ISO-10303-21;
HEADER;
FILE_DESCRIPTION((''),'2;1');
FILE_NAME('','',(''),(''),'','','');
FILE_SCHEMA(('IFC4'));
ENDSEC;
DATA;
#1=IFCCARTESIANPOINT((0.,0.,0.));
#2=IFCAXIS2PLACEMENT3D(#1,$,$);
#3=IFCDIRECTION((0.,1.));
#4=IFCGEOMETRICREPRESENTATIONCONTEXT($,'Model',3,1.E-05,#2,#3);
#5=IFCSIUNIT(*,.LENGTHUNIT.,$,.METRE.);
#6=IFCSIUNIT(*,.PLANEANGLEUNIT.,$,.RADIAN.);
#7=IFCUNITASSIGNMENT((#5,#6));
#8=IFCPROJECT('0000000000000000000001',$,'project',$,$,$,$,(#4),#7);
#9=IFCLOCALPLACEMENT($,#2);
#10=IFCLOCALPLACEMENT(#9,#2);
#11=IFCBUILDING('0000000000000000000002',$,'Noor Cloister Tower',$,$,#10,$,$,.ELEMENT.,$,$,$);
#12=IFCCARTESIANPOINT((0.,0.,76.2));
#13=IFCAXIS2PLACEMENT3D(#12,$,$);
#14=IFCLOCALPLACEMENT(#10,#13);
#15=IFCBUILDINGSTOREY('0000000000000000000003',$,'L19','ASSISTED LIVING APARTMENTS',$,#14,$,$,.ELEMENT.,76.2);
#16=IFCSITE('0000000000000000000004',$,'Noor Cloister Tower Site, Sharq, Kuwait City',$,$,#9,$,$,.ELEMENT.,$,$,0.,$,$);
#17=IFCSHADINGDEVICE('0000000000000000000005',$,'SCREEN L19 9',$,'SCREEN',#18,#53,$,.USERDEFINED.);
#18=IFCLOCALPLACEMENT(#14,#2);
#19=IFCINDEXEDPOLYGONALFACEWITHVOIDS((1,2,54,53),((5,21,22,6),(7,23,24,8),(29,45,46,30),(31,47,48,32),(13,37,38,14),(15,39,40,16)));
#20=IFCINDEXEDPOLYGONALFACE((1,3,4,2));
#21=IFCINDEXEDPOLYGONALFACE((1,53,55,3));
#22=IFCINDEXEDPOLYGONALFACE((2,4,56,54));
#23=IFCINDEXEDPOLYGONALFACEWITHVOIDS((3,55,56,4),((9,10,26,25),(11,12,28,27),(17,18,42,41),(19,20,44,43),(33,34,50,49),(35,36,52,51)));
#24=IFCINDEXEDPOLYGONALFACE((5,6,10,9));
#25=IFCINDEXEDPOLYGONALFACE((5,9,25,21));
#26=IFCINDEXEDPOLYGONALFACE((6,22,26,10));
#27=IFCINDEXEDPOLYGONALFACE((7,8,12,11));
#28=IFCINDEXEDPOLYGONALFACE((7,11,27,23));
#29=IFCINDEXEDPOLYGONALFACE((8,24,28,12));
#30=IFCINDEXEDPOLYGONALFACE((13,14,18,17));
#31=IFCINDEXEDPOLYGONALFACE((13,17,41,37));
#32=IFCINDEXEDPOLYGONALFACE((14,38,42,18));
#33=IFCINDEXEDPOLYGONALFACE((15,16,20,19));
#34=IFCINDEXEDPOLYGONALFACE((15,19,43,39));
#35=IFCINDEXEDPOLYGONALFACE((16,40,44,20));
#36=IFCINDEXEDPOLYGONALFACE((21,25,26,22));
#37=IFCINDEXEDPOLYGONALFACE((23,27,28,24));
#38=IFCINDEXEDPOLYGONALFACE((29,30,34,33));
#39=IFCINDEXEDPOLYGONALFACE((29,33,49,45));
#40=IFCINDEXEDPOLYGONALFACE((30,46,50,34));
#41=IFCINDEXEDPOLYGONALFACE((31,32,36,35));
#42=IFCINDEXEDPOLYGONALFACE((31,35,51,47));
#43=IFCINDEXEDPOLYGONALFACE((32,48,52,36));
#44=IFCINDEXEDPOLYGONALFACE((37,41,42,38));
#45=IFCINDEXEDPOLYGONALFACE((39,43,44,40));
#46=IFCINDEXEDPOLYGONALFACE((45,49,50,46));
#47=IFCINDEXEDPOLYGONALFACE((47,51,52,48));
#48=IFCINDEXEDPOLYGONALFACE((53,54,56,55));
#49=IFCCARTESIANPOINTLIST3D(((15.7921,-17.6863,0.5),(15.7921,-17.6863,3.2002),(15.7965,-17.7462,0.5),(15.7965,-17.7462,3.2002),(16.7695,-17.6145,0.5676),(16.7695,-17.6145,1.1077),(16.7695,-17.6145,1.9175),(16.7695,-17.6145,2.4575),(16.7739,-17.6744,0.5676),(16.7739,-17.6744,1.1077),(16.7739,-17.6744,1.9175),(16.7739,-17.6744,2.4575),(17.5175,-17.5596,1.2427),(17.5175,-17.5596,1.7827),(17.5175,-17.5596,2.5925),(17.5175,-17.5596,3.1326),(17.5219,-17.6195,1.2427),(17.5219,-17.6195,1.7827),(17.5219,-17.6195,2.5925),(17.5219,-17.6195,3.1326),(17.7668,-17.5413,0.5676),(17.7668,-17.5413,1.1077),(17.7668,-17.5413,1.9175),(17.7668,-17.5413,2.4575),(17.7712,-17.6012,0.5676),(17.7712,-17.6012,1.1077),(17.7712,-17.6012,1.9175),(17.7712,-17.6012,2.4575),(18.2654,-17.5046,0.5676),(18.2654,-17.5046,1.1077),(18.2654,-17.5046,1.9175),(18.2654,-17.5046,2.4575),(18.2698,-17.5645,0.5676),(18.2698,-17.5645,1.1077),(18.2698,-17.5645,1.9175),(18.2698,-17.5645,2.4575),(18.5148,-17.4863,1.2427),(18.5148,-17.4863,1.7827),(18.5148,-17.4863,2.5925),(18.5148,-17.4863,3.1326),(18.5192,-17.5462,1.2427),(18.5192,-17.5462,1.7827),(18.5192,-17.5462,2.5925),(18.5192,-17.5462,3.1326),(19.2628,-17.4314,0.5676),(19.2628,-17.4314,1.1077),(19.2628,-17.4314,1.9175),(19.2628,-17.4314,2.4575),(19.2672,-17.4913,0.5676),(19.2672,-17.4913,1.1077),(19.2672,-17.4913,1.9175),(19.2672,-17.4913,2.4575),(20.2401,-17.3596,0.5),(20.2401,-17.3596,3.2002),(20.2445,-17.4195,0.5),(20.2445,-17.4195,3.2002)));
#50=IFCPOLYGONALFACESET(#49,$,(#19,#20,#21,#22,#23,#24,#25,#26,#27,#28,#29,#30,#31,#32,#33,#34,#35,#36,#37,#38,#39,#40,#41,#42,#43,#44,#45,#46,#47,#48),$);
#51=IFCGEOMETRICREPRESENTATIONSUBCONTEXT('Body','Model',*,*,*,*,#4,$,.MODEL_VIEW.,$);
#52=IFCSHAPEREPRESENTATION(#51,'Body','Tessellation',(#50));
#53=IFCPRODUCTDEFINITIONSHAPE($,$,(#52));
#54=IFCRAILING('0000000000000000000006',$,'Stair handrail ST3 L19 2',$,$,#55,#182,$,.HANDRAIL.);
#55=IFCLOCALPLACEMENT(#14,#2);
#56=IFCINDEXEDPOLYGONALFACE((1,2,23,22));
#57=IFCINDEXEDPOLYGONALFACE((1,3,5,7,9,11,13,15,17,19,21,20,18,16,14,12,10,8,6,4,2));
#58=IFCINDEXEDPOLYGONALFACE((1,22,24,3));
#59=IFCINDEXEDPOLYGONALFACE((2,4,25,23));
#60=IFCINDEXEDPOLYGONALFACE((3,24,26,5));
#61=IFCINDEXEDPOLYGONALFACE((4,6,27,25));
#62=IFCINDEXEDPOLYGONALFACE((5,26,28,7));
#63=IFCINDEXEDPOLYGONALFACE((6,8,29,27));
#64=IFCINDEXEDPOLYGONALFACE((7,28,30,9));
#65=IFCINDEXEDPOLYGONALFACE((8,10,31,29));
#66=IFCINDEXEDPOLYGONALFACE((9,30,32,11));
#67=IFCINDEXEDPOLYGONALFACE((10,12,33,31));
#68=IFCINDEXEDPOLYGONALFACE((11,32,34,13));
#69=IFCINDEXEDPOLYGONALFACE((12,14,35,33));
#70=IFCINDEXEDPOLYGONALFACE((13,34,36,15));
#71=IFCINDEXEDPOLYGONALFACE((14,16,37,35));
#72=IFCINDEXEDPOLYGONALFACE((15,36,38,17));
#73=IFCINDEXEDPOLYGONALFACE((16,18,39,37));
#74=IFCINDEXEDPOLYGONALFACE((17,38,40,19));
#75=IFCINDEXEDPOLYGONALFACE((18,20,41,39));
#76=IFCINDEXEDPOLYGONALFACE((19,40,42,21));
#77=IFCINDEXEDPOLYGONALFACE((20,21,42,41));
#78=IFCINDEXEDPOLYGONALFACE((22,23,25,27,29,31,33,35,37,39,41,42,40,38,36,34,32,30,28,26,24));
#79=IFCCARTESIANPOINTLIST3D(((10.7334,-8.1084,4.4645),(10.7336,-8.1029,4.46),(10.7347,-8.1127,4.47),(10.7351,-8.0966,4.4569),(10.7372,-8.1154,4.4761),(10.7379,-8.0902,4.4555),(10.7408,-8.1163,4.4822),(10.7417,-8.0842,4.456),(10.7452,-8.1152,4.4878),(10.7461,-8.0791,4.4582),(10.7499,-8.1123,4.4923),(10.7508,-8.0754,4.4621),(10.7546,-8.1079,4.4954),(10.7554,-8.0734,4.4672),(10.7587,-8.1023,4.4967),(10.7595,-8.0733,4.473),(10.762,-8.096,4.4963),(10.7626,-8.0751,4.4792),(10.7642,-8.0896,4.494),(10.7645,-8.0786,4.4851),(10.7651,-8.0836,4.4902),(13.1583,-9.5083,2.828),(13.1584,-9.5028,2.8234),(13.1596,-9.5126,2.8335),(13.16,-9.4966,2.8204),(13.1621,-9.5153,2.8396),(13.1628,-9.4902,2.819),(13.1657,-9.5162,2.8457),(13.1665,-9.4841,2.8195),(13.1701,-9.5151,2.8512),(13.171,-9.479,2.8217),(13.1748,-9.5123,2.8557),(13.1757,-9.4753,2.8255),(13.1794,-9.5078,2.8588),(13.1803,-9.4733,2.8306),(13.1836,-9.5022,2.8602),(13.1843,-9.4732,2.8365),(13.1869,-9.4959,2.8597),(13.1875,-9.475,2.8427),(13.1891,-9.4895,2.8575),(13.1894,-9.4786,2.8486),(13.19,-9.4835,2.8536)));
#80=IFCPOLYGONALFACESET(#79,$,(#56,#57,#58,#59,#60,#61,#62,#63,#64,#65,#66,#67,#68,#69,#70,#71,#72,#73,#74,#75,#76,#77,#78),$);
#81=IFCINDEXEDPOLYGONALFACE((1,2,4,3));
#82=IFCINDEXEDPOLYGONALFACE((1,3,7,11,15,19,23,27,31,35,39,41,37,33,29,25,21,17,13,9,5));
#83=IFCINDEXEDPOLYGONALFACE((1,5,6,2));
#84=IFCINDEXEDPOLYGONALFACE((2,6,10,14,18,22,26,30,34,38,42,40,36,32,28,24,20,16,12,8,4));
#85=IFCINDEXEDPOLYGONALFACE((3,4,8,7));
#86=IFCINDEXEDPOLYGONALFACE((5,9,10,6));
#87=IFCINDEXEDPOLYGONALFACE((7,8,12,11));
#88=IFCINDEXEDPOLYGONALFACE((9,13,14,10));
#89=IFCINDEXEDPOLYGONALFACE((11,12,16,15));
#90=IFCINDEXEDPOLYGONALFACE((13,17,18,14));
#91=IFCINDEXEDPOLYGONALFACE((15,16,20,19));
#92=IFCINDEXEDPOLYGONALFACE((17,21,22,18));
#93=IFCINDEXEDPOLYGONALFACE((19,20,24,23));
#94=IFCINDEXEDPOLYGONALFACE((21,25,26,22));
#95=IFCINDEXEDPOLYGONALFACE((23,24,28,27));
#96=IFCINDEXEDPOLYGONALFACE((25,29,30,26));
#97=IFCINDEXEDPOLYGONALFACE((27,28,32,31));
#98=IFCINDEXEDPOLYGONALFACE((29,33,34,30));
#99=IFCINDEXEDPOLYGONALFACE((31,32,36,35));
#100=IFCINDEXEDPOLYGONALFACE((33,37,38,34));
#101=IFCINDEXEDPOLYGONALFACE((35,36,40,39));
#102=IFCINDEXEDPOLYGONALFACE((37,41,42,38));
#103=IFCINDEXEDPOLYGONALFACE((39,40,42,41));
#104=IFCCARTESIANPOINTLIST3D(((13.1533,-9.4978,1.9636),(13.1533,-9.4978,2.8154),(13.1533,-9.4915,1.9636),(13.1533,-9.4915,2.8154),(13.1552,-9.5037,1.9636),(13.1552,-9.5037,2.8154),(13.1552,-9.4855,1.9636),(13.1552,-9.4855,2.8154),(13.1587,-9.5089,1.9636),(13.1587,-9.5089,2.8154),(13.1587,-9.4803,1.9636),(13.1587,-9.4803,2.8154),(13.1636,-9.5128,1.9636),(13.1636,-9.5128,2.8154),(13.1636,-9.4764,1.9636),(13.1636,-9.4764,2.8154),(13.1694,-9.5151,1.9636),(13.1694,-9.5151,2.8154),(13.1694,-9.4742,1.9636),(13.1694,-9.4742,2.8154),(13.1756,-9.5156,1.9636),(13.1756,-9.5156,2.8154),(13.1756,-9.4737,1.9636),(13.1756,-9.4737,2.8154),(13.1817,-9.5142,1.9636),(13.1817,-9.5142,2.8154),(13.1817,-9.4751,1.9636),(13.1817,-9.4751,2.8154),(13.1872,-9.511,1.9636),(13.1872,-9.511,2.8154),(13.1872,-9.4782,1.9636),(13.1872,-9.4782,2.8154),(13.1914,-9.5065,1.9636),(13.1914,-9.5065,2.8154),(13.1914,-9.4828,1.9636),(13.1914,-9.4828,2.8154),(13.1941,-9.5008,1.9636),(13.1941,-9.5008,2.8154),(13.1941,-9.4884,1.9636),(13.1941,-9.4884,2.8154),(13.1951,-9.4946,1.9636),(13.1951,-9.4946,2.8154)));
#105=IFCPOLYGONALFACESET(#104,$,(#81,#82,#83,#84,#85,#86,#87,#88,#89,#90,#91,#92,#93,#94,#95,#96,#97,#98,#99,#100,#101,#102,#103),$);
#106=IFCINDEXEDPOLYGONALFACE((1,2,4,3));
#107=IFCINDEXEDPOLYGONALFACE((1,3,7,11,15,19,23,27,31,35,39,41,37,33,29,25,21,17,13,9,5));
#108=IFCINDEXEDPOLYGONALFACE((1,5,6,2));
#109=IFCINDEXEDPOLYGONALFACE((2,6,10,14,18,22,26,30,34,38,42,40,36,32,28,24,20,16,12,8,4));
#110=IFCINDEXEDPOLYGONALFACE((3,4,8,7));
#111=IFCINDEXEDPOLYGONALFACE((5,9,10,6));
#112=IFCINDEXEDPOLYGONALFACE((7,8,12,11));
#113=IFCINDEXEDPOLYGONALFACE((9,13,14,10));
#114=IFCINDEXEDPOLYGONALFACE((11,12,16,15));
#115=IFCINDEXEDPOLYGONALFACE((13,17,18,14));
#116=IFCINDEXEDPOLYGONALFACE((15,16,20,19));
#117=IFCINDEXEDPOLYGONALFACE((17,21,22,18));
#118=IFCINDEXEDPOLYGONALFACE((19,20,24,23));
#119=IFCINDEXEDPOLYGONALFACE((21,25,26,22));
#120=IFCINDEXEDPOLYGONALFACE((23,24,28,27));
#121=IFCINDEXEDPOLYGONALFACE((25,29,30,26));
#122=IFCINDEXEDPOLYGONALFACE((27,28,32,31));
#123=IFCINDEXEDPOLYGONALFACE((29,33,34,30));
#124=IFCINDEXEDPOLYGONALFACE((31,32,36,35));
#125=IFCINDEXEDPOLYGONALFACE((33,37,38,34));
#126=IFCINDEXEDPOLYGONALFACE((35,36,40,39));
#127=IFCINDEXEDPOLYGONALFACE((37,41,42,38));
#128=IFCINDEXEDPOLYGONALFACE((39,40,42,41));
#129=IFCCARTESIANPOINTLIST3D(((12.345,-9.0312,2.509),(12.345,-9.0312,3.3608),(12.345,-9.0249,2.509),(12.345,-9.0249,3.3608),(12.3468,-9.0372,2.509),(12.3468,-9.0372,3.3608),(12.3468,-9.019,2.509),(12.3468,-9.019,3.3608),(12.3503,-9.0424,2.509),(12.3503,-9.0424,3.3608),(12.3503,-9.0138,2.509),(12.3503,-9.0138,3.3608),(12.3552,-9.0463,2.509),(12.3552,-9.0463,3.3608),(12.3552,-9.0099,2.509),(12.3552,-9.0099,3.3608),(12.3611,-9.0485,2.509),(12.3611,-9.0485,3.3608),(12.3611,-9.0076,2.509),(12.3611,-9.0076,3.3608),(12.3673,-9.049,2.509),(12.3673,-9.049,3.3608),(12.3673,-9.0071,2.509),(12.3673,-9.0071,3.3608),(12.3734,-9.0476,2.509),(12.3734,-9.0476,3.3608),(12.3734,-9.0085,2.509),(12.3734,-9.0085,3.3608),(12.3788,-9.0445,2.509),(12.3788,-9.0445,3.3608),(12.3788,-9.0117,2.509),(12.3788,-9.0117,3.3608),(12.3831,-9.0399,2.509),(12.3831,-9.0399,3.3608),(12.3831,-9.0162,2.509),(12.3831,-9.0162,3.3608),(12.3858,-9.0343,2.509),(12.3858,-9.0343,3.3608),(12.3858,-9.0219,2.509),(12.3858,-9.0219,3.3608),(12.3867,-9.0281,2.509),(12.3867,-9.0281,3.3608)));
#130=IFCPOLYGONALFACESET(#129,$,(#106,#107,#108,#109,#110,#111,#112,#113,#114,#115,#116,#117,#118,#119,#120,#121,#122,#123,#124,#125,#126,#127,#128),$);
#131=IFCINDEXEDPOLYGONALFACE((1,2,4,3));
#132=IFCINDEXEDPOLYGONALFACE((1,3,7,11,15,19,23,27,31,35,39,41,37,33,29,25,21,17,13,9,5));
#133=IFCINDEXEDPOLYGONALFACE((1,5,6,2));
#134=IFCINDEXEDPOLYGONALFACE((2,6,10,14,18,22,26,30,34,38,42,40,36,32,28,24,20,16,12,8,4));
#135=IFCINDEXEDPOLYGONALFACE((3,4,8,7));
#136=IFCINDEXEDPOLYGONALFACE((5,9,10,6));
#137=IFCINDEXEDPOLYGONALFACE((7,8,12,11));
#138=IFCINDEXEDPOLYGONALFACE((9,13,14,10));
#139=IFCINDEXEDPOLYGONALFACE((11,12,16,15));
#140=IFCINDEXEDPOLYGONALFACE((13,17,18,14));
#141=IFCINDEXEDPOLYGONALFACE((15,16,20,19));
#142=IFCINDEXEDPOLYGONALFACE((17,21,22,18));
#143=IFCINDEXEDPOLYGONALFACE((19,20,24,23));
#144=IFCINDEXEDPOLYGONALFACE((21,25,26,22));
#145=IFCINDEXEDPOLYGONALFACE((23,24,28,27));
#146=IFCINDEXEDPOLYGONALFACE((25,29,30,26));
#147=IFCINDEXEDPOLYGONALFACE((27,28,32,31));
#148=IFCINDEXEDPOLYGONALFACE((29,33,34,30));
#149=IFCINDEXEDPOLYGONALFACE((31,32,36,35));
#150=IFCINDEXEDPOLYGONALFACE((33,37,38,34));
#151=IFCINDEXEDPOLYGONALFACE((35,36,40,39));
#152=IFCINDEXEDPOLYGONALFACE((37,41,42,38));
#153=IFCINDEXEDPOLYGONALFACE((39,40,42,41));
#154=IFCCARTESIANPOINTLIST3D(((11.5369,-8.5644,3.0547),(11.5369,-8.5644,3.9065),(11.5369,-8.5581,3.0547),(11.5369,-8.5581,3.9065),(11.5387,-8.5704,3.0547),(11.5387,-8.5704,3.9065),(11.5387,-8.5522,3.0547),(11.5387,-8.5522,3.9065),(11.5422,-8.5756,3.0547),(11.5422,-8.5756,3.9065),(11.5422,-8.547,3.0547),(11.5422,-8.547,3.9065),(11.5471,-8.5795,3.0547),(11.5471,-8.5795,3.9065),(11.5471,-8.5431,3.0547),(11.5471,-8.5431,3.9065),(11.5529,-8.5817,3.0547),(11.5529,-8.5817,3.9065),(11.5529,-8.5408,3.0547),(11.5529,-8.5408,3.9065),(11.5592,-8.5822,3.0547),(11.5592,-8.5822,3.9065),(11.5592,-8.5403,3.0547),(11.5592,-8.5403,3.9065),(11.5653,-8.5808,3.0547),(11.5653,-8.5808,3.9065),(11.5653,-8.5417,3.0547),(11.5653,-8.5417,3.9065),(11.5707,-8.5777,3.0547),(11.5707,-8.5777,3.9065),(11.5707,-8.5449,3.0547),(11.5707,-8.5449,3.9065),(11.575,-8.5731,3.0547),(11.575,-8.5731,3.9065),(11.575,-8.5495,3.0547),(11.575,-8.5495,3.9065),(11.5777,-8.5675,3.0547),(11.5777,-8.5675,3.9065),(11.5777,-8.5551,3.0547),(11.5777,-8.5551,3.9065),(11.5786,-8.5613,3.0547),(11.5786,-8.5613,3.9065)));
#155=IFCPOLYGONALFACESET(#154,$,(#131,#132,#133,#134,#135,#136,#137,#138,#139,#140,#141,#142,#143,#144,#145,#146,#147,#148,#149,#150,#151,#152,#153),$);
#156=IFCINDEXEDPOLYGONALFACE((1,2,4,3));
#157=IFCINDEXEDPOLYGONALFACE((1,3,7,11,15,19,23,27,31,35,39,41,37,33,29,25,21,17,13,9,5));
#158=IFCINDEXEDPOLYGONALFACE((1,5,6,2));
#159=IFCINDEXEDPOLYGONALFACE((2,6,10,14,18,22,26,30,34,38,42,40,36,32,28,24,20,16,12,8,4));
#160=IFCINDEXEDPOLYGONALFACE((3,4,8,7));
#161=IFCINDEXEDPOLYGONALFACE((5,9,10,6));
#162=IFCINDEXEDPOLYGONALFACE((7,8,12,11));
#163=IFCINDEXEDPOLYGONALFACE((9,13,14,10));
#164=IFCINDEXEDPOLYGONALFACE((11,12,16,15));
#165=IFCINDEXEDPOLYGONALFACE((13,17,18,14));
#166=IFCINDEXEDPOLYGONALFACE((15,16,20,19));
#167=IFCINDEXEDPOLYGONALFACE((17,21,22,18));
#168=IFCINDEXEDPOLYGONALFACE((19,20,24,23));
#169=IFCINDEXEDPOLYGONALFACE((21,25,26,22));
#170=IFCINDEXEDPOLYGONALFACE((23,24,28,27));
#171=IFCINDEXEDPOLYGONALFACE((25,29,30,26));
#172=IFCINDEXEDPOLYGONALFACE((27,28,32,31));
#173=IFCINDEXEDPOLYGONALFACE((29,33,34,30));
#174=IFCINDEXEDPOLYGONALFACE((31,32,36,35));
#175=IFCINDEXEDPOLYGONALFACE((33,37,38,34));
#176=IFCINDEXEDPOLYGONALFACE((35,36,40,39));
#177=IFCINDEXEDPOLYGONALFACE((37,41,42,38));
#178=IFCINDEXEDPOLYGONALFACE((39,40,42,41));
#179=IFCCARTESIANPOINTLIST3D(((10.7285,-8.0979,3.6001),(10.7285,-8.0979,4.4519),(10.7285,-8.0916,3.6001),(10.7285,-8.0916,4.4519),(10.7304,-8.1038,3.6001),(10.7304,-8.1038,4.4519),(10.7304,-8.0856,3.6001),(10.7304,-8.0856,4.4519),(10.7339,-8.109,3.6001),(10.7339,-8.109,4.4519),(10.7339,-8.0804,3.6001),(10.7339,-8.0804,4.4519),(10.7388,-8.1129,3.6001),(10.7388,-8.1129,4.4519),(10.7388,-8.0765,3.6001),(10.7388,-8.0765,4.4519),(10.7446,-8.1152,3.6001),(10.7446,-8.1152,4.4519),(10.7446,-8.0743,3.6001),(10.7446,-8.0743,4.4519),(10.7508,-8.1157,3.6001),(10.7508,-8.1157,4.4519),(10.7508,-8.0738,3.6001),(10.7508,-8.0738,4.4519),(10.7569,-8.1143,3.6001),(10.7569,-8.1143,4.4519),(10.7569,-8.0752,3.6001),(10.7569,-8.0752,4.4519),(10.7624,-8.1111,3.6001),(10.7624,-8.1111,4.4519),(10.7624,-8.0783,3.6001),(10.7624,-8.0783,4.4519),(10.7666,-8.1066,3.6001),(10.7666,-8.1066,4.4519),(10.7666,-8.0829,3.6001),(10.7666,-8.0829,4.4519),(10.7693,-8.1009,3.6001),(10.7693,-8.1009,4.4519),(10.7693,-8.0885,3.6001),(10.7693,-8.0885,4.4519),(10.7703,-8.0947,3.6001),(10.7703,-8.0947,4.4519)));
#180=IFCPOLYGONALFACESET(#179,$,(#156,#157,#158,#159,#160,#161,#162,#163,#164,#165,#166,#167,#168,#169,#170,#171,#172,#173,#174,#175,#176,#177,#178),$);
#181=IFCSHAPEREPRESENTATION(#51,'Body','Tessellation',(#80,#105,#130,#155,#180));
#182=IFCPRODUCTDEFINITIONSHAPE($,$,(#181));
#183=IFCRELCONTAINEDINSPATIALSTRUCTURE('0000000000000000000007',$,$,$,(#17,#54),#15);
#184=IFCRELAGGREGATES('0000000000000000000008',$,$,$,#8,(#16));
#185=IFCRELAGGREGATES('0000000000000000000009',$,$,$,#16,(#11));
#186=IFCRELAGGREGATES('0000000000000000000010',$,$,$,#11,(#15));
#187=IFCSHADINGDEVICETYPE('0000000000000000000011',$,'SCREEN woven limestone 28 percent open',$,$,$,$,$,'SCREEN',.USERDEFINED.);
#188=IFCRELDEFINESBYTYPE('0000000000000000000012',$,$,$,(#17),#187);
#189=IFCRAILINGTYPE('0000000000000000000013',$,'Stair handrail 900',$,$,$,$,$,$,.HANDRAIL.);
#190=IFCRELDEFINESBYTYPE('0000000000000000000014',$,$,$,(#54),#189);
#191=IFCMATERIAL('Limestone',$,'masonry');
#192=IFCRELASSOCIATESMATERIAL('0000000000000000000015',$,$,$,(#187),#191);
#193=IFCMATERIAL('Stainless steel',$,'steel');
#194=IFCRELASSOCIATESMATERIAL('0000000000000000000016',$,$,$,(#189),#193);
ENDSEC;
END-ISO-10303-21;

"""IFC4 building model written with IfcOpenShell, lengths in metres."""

from ifc_helpers import new_model, si_unit, direction, frame, origin, origin_2d, place, context, subcontext, project, spatial, polyline, circle, outline, extrude, material, material_profile, profile_set, type_object, element, save


model = new_model("IFC4")

# Units and contexts
model_context = context("Model", 3, precision=1e-05, world=origin(), true_north=direction((0.0, 1.0)))
body_context = subcontext(model_context, "Body", "Model", "MODEL_VIEW")
ifc_project = project(units=[si_unit("LENGTHUNIT", "METRE"), si_unit("PLANEANGLEUNIT", "RADIAN")], contexts=[model_context])

# Site, building, storey
site_placement = place(None, origin())
site = spatial("IfcSite", under=ifc_project, at=site_placement, Name="Noor Cloister Tower Site, Sharq, Kuwait City", CompositionType="ELEMENT", RefElevation=0.0)
building_placement = place(site_placement, origin())
building = spatial("IfcBuilding", under=site, at=building_placement, Name="Noor Cloister Tower", CompositionType="ELEMENT")
storey_placement = place(building_placement, frame((0.0, 0.0, 76.2)))
storey = spatial("IfcBuildingStorey", under=building, at=storey_placement, Name="L19", Description="ASSISTED LIVING APARTMENTS", CompositionType="ELEMENT", Elevation=76.2)

# Shading device
ifc_material_1 = material(Name="Limestone", Category="masonry")
ifc_material_profile_1 = material_profile(ifc_material_1, outline(polyline([(-2.23, -1.3501), (2.23, -1.3501), (2.23, 1.3501), (-2.23, 1.3501), (-2.23, -1.3501)]), holes=[polyline([(-1.25, -1.2825), (-0.25, -1.2825), (-0.25, -0.7424), (-1.25, -0.7424), (-1.25, -1.2825)]), polyline([(0.25, -1.2825), (1.25, -1.2825), (1.25, -0.7424), (0.25, -0.7424), (0.25, -1.2825)]), polyline([(-0.5, -0.6074), (0.5, -0.6074), (0.5, -0.0674), (-0.5, -0.0674), (-0.5, -0.6074)]), polyline([(-1.25, 0.0674), (-0.25, 0.0674), (-0.25, 0.6074), (-1.25, 0.6074), (-1.25, 0.0674)]), polyline([(0.25, 0.0674), (1.25, 0.0674), (1.25, 0.6074), (0.25, 0.6074), (0.25, 0.0674)]), polyline([(-0.5, 0.7424), (0.5, 0.7424), (0.5, 1.2825), (-0.5, 1.2825), (-0.5, 0.7424)])]), Name="Woven screen 28 percent open")
ifc_profile_set_1 = profile_set([ifc_material_profile_1], Name="Limestone")
shading_device_type = type_object("IfcShadingDeviceType", Name="SCREEN woven limestone 28 percent open", ElementType="SCREEN", PredefinedType="USERDEFINED", material=ifc_profile_set_1)
shading_device_1_placement = place(storey_placement, frame((18.0161, -17.5229, 1.8501), z_axis=(0.073272, -0.997312, 0.0), x_axis=(0.997312, 0.073272, 0.0)))
element("IfcShadingDevice", 1, at=shading_device_1_placement, inside=storey, type_object=shading_device_type, Name="SCREEN L19 9", ObjectType="SCREEN", PredefinedType="USERDEFINED", context=body_context, shape_type="SweptSolid", body=[
    extrude(outline(polyline([(-2.23, -1.3501), (2.23, -1.3501), (2.23, 1.3501), (-2.23, 1.3501), (-2.23, -1.3501)]), holes=[polyline([(-1.25, -1.2825), (-0.25, -1.2825), (-0.25, -0.7424), (-1.25, -0.7424), (-1.25, -1.2825)]), polyline([(0.25, -1.2825), (1.25, -1.2825), (1.25, -0.7424), (0.25, -0.7424), (0.25, -1.2825)]), polyline([(-0.5, -0.6074), (0.5, -0.6074), (0.5, -0.0674), (-0.5, -0.0674), (-0.5, -0.6074)]), polyline([(-1.25, 0.0674), (-0.25, 0.0674), (-0.25, 0.6074), (-1.25, 0.6074), (-1.25, 0.0674)]), polyline([(0.25, 0.0674), (1.25, 0.0674), (1.25, 0.6074), (0.25, 0.6074), (0.25, 0.0674)]), polyline([(-0.5, 0.7424), (0.5, 0.7424), (0.5, 1.2825), (-0.5, 1.2825), (-0.5, 0.7424)])]), origin(), (0.0, 0.0, 1.0), 0.0601),
])

# Railing
ifc_material_2 = material(Name="Stainless steel", Category="steel")
railing_type = type_object("IfcRailingType", Name="Stair handrail 900", PredefinedType="HANDRAIL", material=ifc_material_2)
railing_placement = place(storey_placement, frame((13.1741, -9.4946, 1.9636)))
element("IfcRailing", 2, at=railing_placement, inside=storey, type_object=railing_type, Name="Stair handrail ST3 L19 2", PredefinedType="HANDRAIL", context=body_context, shape_type="SweptSolid", body=[
    extrude(circle(Radius=0.0239, at=origin_2d()), frame((0.0, 0.0, 0.876), z_axis=(-0.74769, 0.431661, 0.504608), x_axis=(-0.499984, -0.866035, 0.0)), (0.0, 0.0, 1.0), 3.2432),
    extrude(circle(Radius=0.021, at=origin_2d()), origin(), (0.0, 0.0, 1.0), 0.8518),
    extrude(circle(Radius=0.021, at=origin_2d()), frame((-0.8083, 0.4666, 0.5454)), (0.0, 0.0, 1.0), 0.8518),
    extrude(circle(Radius=0.021, at=origin_2d()), frame((-1.6165, 0.9333, 1.0911)), (0.0, 0.0, 1.0), 0.8518),
    extrude(circle(Radius=0.021, at=origin_2d()), frame((-2.4248, 1.3999, 1.6365)), (0.0, 0.0, 1.0), 0.8518),
])

save(model, "model.ifc")
